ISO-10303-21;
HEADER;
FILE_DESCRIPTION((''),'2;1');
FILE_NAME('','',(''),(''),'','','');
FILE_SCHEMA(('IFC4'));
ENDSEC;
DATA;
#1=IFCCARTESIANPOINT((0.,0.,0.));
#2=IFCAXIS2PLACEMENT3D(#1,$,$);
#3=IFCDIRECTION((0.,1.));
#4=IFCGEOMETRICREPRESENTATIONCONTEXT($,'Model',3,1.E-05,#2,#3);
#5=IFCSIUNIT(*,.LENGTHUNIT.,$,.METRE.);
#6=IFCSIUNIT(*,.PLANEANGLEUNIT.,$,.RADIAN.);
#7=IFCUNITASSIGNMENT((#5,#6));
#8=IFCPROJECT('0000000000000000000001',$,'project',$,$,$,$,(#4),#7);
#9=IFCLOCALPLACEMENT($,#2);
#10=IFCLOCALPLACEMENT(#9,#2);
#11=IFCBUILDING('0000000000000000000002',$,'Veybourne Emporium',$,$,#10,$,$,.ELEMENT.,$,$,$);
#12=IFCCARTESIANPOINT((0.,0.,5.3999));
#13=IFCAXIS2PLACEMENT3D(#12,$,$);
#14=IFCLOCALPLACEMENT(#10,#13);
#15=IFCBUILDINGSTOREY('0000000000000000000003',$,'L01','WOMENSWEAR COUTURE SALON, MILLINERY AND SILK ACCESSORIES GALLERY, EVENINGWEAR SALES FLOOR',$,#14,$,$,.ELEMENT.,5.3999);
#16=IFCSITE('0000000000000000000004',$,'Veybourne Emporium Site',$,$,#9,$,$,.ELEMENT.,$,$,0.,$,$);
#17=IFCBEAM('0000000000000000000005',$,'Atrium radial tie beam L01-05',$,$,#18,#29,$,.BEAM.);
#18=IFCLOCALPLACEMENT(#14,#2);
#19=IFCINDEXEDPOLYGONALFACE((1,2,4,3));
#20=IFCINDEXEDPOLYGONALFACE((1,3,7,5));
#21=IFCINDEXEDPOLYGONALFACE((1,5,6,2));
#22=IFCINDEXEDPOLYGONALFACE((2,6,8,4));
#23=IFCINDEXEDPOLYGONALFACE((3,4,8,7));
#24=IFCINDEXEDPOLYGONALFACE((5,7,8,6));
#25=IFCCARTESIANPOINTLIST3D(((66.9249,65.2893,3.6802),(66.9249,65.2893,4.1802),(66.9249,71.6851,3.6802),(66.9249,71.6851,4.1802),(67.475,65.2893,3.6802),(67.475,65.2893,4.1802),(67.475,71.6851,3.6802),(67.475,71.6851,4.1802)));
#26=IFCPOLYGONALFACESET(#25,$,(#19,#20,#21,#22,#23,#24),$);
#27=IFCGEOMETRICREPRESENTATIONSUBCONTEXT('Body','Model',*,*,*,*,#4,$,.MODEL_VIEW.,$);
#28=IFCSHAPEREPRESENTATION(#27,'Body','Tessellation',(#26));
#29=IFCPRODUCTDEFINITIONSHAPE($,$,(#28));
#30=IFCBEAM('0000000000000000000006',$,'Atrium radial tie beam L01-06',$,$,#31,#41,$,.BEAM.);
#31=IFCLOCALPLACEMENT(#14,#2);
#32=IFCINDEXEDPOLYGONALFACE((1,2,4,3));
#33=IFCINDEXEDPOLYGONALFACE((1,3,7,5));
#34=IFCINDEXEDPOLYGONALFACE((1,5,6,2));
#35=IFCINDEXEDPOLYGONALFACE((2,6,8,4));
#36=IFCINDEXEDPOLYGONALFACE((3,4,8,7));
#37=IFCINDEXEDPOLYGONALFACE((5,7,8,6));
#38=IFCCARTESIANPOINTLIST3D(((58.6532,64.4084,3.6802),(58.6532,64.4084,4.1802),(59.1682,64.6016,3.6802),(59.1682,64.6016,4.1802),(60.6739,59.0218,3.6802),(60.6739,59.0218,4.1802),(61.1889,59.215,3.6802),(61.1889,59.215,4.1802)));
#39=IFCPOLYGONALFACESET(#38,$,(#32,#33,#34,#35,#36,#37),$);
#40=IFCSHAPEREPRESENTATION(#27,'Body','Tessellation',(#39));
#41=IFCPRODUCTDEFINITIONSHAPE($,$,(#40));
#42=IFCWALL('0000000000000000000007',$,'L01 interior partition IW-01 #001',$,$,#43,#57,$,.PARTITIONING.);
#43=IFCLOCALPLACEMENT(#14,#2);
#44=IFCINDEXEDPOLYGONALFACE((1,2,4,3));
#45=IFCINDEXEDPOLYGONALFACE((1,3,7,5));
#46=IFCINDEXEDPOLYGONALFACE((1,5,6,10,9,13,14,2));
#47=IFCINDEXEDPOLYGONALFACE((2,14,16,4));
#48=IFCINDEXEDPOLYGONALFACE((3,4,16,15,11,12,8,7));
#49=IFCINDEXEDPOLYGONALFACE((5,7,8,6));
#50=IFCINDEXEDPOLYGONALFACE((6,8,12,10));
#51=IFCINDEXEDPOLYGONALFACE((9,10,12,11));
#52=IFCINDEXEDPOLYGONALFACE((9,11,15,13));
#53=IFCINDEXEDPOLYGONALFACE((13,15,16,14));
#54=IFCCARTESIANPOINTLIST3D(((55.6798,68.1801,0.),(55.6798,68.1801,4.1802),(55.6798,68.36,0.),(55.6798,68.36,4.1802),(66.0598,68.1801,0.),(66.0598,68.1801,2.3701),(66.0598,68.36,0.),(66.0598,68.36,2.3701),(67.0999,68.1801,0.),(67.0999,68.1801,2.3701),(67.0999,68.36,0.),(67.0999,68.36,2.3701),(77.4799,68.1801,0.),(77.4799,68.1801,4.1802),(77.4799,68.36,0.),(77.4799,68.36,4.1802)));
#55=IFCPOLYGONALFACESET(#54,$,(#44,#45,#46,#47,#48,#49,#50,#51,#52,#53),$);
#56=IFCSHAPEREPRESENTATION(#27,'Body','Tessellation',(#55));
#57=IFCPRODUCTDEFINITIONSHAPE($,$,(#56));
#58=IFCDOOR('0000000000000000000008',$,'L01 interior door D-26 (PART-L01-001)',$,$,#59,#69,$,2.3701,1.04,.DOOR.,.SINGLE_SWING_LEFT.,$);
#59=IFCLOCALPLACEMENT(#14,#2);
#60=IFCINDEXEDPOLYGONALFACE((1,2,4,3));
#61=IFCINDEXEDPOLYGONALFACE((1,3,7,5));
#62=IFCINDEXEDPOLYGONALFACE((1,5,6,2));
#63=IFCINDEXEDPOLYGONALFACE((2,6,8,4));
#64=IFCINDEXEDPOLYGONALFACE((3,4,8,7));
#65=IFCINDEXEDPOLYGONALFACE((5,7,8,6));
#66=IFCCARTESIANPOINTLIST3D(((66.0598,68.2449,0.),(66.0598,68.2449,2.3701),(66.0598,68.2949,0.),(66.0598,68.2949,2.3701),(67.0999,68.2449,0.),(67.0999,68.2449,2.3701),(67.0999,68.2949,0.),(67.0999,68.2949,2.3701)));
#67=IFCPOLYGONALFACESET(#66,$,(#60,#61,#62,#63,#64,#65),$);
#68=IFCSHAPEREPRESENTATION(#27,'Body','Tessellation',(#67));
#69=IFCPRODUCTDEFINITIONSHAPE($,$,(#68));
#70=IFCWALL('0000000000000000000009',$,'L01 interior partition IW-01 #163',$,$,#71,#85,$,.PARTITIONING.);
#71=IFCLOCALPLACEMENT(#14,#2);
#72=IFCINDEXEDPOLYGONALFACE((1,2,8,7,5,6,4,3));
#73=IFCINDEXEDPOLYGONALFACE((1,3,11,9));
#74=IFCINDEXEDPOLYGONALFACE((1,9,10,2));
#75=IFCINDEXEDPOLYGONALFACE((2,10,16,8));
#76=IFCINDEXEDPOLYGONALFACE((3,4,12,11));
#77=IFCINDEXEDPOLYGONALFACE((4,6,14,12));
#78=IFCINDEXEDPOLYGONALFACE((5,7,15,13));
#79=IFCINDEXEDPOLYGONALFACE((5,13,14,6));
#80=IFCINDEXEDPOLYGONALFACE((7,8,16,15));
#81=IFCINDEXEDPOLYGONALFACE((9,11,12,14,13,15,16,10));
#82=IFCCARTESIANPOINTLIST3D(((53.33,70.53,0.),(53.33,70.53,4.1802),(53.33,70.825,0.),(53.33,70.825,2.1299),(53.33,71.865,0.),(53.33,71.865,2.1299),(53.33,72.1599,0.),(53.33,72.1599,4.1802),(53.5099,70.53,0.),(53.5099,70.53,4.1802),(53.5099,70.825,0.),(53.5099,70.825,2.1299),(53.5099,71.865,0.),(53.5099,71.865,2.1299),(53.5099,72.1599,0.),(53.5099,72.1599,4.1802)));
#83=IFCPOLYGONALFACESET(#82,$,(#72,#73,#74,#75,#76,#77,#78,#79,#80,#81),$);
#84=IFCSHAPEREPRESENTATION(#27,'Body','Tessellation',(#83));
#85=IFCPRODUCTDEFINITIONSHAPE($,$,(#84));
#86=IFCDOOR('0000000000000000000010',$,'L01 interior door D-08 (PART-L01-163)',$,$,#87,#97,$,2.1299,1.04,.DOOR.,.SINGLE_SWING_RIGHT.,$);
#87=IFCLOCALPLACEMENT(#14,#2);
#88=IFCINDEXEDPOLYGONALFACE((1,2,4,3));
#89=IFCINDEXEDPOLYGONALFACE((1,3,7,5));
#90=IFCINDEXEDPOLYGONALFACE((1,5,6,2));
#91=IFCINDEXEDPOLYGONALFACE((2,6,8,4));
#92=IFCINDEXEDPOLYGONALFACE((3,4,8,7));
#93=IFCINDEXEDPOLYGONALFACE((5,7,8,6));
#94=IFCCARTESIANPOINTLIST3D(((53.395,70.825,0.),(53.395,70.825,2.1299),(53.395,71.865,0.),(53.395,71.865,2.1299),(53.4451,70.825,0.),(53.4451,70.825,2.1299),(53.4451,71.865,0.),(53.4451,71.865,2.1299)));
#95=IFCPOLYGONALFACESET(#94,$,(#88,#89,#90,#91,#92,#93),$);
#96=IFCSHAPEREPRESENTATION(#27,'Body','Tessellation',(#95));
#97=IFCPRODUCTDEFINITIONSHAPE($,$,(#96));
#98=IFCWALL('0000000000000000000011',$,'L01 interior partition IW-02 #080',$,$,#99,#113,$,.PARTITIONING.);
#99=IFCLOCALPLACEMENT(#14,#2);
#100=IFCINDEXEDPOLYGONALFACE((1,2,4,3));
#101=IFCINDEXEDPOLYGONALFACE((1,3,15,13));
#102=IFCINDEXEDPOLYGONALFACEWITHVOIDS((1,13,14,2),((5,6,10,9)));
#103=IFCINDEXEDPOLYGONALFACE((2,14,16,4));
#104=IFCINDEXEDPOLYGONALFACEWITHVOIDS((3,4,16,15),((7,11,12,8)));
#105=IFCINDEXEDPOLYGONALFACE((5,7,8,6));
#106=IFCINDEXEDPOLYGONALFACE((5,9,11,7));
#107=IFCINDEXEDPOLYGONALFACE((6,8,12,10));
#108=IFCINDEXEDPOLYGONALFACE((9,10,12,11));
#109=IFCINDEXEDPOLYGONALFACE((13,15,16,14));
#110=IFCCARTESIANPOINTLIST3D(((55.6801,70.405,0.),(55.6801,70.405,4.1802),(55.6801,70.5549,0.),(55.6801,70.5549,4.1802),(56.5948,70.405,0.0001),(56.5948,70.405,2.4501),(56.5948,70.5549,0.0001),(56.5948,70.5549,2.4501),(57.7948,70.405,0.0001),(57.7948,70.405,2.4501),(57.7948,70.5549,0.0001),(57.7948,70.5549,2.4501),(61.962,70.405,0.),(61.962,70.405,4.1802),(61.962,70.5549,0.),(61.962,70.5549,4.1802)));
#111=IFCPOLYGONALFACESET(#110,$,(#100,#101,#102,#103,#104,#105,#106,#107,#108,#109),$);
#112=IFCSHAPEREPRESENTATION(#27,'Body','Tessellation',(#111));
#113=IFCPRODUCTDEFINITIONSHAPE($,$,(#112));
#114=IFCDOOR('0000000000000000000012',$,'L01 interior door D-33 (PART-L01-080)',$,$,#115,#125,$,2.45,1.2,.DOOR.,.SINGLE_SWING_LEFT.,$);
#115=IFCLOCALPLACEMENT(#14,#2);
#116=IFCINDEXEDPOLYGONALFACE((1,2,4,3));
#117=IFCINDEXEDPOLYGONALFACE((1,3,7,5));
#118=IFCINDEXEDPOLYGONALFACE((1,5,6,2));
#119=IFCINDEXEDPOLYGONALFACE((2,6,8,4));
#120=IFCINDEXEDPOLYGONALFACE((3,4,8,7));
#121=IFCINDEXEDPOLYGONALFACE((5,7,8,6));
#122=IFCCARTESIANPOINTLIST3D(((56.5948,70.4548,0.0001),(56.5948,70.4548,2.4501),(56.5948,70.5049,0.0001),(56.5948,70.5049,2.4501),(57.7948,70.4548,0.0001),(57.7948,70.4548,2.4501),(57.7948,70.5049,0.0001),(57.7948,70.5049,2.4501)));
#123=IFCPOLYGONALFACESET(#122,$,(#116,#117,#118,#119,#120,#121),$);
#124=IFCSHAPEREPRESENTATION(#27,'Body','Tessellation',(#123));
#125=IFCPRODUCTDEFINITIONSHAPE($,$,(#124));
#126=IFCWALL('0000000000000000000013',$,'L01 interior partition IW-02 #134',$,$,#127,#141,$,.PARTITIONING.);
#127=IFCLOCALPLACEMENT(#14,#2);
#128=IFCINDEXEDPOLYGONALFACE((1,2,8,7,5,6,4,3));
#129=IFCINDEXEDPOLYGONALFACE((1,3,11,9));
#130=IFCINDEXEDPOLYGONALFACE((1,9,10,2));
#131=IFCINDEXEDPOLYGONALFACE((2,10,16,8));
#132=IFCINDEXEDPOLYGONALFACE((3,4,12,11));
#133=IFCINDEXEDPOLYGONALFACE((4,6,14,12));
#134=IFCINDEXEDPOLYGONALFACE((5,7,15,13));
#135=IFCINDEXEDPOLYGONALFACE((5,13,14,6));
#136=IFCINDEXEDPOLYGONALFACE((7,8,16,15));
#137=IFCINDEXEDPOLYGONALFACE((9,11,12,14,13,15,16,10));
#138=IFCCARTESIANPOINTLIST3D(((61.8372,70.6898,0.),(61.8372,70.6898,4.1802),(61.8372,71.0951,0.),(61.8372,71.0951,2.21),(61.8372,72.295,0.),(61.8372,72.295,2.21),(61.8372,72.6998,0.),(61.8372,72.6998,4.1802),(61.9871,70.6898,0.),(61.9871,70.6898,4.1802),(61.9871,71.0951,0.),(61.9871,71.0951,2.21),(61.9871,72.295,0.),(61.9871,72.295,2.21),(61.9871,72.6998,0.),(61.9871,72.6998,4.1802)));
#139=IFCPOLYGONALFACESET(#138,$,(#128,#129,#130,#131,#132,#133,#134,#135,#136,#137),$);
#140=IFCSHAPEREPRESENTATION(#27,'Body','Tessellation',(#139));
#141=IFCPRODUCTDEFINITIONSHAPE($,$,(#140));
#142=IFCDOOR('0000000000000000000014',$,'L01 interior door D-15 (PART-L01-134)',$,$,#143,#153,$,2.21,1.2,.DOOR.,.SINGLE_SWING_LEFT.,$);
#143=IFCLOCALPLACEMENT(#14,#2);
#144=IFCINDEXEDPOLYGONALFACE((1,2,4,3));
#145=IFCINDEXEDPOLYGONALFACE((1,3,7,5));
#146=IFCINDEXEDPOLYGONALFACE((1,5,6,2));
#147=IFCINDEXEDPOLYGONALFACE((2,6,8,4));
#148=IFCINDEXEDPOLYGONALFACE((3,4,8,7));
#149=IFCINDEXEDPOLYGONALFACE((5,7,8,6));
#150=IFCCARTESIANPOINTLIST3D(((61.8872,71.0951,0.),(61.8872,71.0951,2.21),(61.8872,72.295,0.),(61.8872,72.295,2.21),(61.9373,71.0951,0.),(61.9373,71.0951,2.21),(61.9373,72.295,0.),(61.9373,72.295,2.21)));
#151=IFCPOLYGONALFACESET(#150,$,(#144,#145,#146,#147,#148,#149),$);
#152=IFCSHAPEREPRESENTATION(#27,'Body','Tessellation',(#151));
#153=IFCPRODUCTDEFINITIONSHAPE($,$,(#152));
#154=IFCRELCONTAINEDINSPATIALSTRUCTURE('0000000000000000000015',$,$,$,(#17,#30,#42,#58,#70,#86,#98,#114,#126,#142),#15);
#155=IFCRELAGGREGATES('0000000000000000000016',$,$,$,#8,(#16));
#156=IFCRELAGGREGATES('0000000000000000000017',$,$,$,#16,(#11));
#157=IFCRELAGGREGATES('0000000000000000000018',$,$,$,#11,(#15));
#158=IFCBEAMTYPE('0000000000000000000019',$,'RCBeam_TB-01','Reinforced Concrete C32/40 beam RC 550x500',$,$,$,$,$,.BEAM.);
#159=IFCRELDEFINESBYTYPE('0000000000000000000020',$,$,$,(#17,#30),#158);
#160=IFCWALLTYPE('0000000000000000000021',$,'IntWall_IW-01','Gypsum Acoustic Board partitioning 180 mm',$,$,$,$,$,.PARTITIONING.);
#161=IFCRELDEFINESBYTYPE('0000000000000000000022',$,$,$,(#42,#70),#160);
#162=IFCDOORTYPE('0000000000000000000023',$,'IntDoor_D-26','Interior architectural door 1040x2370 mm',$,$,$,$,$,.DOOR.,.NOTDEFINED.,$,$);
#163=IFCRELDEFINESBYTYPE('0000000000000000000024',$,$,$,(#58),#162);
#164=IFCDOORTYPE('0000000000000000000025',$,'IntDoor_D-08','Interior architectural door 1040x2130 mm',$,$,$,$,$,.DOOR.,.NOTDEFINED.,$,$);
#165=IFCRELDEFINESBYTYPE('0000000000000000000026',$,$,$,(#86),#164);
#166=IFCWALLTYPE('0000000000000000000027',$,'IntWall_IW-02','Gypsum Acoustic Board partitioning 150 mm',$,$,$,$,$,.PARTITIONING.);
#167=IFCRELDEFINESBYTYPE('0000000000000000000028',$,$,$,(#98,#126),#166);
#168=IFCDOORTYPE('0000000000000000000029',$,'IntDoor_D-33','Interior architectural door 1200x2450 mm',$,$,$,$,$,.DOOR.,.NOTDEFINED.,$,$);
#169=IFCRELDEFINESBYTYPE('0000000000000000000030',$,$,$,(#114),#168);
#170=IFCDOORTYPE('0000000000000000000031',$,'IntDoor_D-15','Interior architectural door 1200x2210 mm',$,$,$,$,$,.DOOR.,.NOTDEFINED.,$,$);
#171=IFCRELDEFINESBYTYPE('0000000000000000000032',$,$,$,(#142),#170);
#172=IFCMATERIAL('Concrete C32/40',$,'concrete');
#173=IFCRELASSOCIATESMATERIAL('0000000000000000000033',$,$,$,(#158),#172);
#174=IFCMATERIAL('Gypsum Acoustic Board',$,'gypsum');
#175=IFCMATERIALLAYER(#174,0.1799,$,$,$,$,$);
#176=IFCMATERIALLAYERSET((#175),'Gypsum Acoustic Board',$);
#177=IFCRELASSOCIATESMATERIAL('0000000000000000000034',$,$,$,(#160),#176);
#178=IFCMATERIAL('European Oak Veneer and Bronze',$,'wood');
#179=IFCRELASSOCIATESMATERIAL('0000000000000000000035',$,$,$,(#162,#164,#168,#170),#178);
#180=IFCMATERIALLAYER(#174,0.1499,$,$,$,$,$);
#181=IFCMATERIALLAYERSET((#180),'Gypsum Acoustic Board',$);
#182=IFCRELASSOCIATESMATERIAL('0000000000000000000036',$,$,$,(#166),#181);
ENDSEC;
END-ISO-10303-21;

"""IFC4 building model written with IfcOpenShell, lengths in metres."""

from ifc_helpers import new_model, si_unit, direction, frame, frame_2d, origin, origin_2d, place, context, subcontext, project, spatial, rectangle, extrude, material, layer, layer_set, material_profile, profile_set, type_object, element, fill, save


model = new_model("IFC4")

# Units and contexts
model_context = context("Model", 3, precision=1e-05, world=origin(), true_north=direction((0.0, 1.0)))
body_context = subcontext(model_context, "Body", "Model", "MODEL_VIEW")
ifc_project = project(units=[si_unit("LENGTHUNIT", "METRE"), si_unit("PLANEANGLEUNIT", "RADIAN")], contexts=[model_context])

# Site, building, storey
site_placement = place(None, origin())
site = spatial("IfcSite", under=ifc_project, at=site_placement, Name="Veybourne Emporium Site", CompositionType="ELEMENT", RefElevation=0.0)
building_placement = place(site_placement, origin())
building = spatial("IfcBuilding", under=site, at=building_placement, Name="Veybourne Emporium", CompositionType="ELEMENT")
storey_placement = place(building_placement, frame((0.0, 0.0, 5.3999)))
storey = spatial("IfcBuildingStorey", under=building, at=storey_placement, Name="L01", Description="WOMENSWEAR COUTURE SALON, MILLINERY AND SILK ACCESSORIES GALLERY, EVENINGWEAR SALES FLOOR", CompositionType="ELEMENT", Elevation=5.3999)

# Beams
ifc_material_1 = material(Name="Concrete C32/40", Category="concrete")
ifc_material_profile_1 = material_profile(ifc_material_1, rectangle(XDim=0.55, YDim=0.5, at=origin_2d()), Name="RC 550x500")
ifc_profile_set_1 = profile_set([ifc_material_profile_1], Name="Concrete C32/40")
beam_type_1 = type_object("IfcBeamType", Name="RCBeam_TB-01", Description="Reinforced Concrete C32/40 beam RC 550x500", PredefinedType="BEAM", material=ifc_profile_set_1)
beam_1_placement = place(storey_placement, frame((67.2, 65.2893, 3.9302), z_axis=(0.0, 1.0, 0.0), x_axis=(-1.0, 0.0, 0.0)))
element("IfcBeam", 1, at=beam_1_placement, inside=storey, type_object=beam_type_1, Name="Atrium radial tie beam L01-05", PredefinedType="BEAM", context=body_context, shape_type="SweptSolid", body=[
    extrude(rectangle(XDim=0.55, YDim=0.5, at=origin_2d()), origin(), (0.0, 0.0, 1.0), 6.3958),
])
beam_2_placement = place(storey_placement, frame((60.9314, 59.1184, 3.9302), z_axis=(-0.351235, 0.936287, 0.0), x_axis=(-0.936287, -0.351235, 0.0)))
element("IfcBeam", 2, at=beam_2_placement, inside=storey, type_object=beam_type_1, Name="Atrium radial tie beam L01-06", PredefinedType="BEAM", context=body_context, shape_type="SweptSolid", body=[
    extrude(rectangle(XDim=0.55, YDim=0.5, at=origin_2d()), origin(), (0.0, 0.0, 1.0), 5.7532),
])

# Walls, openings, doors
ifc_material_2 = material(Name="Gypsum Acoustic Board", Category="gypsum")
ifc_layer_1 = layer(ifc_material_2, 0.1799)
ifc_layer_set_1 = layer_set([ifc_layer_1], Name="Gypsum Acoustic Board")
wall_type_1 = type_object("IfcWallType", Name="IntWall_IW-01", Description="Gypsum Acoustic Board partitioning 180 mm", PredefinedType="PARTITIONING", material=ifc_layer_set_1)
wall_1_placement = place(storey_placement, frame((55.6799, 68.27, 0.0), z_axis=(0.0, 0.0, 1.0), x_axis=(1.0, 0.0, 0.0)))
wall_1 = element("IfcWall", 3, at=wall_1_placement, inside=storey, type_object=wall_type_1, Name="L01 interior partition IW-01 #001", PredefinedType="PARTITIONING", context=body_context, shape_type="SweptSolid", body=[
    extrude(rectangle(XDim=21.8, YDim=0.1799, at=frame_2d((10.8999, 0.0))), origin(), (0.0, 0.0, 1.0), 4.1802),
])
opening_1_placement = place(wall_1_placement, frame((10.3799, 0.0, 0.0)))
opening_1 = element("IfcOpeningElement", 4, at=opening_1_placement, cuts=wall_1, PredefinedType="OPENING", context=body_context, shape_type="SweptSolid", body=[
    extrude(rectangle(XDim=1.04, YDim=2.3701, at=frame_2d((0.52, 1.1851))), frame((0.0, 0.1099, 0.0), z_axis=(0.0, -1.0, 0.0), x_axis=(1.0, 0.0, 0.0)), (0.0, 0.0, 1.0), 0.22),
])
ifc_material_3 = material(Name="European Oak Veneer and Bronze", Category="wood")
door_type_1 = type_object("IfcDoorType", Name="IntDoor_D-26", Description="Interior architectural door 1040x2370 mm", OperationType="NOTDEFINED", PredefinedType="DOOR", material=ifc_material_3)
door_1_placement = place(opening_1_placement, origin())
door_1 = element("IfcDoor", 5, at=door_1_placement, inside=storey, type_object=door_type_1, Name="L01 interior door D-26 (PART-L01-001)", OperationType="SINGLE_SWING_LEFT", OverallHeight=2.3701, OverallWidth=1.04, PredefinedType="DOOR", context=body_context, shape_type="SweptSolid", body=[
    extrude(rectangle(XDim=1.04, YDim=2.3701, at=frame_2d((0.52, 1.1851))), frame((0.0, 0.0249, 0.0), z_axis=(0.0, -1.0, 0.0), x_axis=(1.0, 0.0, 0.0)), (0.0, 0.0, 1.0), 0.05),
])
fill(opening_1, door_1)
wall_2_placement = place(storey_placement, frame((53.4199, 70.53, 0.0), z_axis=(0.0, 0.0, 1.0), x_axis=(0.0, 1.0, 0.0)))
wall_2 = element("IfcWall", 6, at=wall_2_placement, inside=storey, type_object=wall_type_1, Name="L01 interior partition IW-01 #163", PredefinedType="PARTITIONING", context=body_context, shape_type="SweptSolid", body=[
    extrude(rectangle(XDim=1.6299, YDim=0.1799, at=frame_2d((0.8149, 0.0))), origin(), (0.0, 0.0, 1.0), 4.1802),
])
opening_2_placement = place(wall_2_placement, frame((0.2949, 0.0, 0.0)))
opening_2 = element("IfcOpeningElement", 7, at=opening_2_placement, cuts=wall_2, PredefinedType="OPENING", context=body_context, shape_type="SweptSolid", body=[
    extrude(rectangle(XDim=1.04, YDim=2.1299, at=frame_2d((0.52, 1.0649))), frame((0.0, 0.1099, 0.0), z_axis=(0.0, -1.0, 0.0), x_axis=(1.0, 0.0, 0.0)), (0.0, 0.0, 1.0), 0.22),
])
door_type_2 = type_object("IfcDoorType", Name="IntDoor_D-08", Description="Interior architectural door 1040x2130 mm", OperationType="NOTDEFINED", PredefinedType="DOOR", material=ifc_material_3)
door_2_placement = place(opening_2_placement, origin())
door_2 = element("IfcDoor", 8, at=door_2_placement, inside=storey, type_object=door_type_2, Name="L01 interior door D-08 (PART-L01-163)", OperationType="SINGLE_SWING_RIGHT", OverallHeight=2.1299, OverallWidth=1.04, PredefinedType="DOOR", context=body_context, shape_type="SweptSolid", body=[
    extrude(rectangle(XDim=1.04, YDim=2.1299, at=frame_2d((0.52, 1.0649))), frame((0.0, 0.0249, 0.0), z_axis=(0.0, -1.0, 0.0), x_axis=(1.0, 0.0, 0.0)), (0.0, 0.0, 1.0), 0.05),
])
fill(opening_2, door_2)
ifc_layer_2 = layer(ifc_material_2, 0.1499)
ifc_layer_set_2 = layer_set([ifc_layer_2], Name="Gypsum Acoustic Board")
wall_type_2 = type_object("IfcWallType", Name="IntWall_IW-02", Description="Gypsum Acoustic Board partitioning 150 mm", PredefinedType="PARTITIONING", material=ifc_layer_set_2)
wall_3_placement = place(storey_placement, frame((55.6799, 70.48, 0.0), z_axis=(0.0, 0.0, 1.0), x_axis=(1.0, 0.0, 0.0)))
wall_3 = element("IfcWall", 9, at=wall_3_placement, inside=storey, type_object=wall_type_2, Name="L01 interior partition IW-02 #080", PredefinedType="PARTITIONING", context=body_context, shape_type="SweptSolid", body=[
    extrude(rectangle(XDim=6.282, YDim=0.1499, at=frame_2d((3.1411, 0.0))), origin(), (0.0, 0.0, 1.0), 4.1802),
])
opening_3_placement = place(wall_3_placement, frame((0.9148, 0.0, 0.0)))
opening_3 = element("IfcOpeningElement", 10, at=opening_3_placement, cuts=wall_3, PredefinedType="OPENING", context=body_context, shape_type="SweptSolid", body=[
    extrude(rectangle(XDim=1.2, YDim=2.45, at=frame_2d((0.6001, 1.2251))), frame((0.0, 0.095, 0.0), z_axis=(0.0, -1.0, 0.0), x_axis=(1.0, 0.0, 0.0)), (0.0, 0.0, 1.0), 0.1899),
])
door_type_3 = type_object("IfcDoorType", Name="IntDoor_D-33", Description="Interior architectural door 1200x2450 mm", OperationType="NOTDEFINED", PredefinedType="DOOR", material=ifc_material_3)
door_3_placement = place(opening_3_placement, origin())
door_3 = element("IfcDoor", 11, at=door_3_placement, inside=storey, type_object=door_type_3, Name="L01 interior door D-33 (PART-L01-080)", OperationType="SINGLE_SWING_LEFT", OverallHeight=2.45, OverallWidth=1.2, PredefinedType="DOOR", context=body_context, shape_type="SweptSolid", body=[
    extrude(rectangle(XDim=1.2, YDim=2.45, at=frame_2d((0.6001, 1.2251))), frame((0.0, 0.0249, 0.0), z_axis=(0.0, -1.0, 0.0), x_axis=(1.0, 0.0, 0.0)), (0.0, 0.0, 1.0), 0.05),
])
fill(opening_3, door_3)
wall_4_placement = place(storey_placement, frame((61.9121, 70.6899, 0.0), z_axis=(0.0, 0.0, 1.0), x_axis=(0.0, 1.0, 0.0)))
wall_4 = element("IfcWall", 12, at=wall_4_placement, inside=storey, type_object=wall_type_2, Name="L01 interior partition IW-02 #134", PredefinedType="PARTITIONING", context=body_context, shape_type="SweptSolid", body=[
    extrude(rectangle(XDim=2.01, YDim=0.1499, at=frame_2d((1.0049, 0.0))), origin(), (0.0, 0.0, 1.0), 4.1802),
])
opening_4_placement = place(wall_4_placement, frame((0.405, 0.0, 0.0)))
opening_4 = element("IfcOpeningElement", 13, at=opening_4_placement, cuts=wall_4, PredefinedType="OPENING", context=body_context, shape_type="SweptSolid", body=[
    extrude(rectangle(XDim=1.2, YDim=2.21, at=frame_2d((0.6001, 1.105))), frame((0.0, 0.095, 0.0), z_axis=(0.0, -1.0, 0.0), x_axis=(1.0, 0.0, 0.0)), (0.0, 0.0, 1.0), 0.1899),
])
door_type_4 = type_object("IfcDoorType", Name="IntDoor_D-15", Description="Interior architectural door 1200x2210 mm", OperationType="NOTDEFINED", PredefinedType="DOOR", material=ifc_material_3)
door_4_placement = place(opening_4_placement, origin())
door_4 = element("IfcDoor", 14, at=door_4_placement, inside=storey, type_object=door_type_4, Name="L01 interior door D-15 (PART-L01-134)", OperationType="SINGLE_SWING_LEFT", OverallHeight=2.21, OverallWidth=1.2, PredefinedType="DOOR", context=body_context, shape_type="SweptSolid", body=[
    extrude(rectangle(XDim=1.2, YDim=2.21, at=frame_2d((0.6001, 1.105))), frame((0.0, 0.0249, 0.0), z_axis=(0.0, -1.0, 0.0), x_axis=(1.0, 0.0, 0.0)), (0.0, 0.0, 1.0), 0.05),
])
fill(opening_4, door_4)

save(model, "model.ifc")
